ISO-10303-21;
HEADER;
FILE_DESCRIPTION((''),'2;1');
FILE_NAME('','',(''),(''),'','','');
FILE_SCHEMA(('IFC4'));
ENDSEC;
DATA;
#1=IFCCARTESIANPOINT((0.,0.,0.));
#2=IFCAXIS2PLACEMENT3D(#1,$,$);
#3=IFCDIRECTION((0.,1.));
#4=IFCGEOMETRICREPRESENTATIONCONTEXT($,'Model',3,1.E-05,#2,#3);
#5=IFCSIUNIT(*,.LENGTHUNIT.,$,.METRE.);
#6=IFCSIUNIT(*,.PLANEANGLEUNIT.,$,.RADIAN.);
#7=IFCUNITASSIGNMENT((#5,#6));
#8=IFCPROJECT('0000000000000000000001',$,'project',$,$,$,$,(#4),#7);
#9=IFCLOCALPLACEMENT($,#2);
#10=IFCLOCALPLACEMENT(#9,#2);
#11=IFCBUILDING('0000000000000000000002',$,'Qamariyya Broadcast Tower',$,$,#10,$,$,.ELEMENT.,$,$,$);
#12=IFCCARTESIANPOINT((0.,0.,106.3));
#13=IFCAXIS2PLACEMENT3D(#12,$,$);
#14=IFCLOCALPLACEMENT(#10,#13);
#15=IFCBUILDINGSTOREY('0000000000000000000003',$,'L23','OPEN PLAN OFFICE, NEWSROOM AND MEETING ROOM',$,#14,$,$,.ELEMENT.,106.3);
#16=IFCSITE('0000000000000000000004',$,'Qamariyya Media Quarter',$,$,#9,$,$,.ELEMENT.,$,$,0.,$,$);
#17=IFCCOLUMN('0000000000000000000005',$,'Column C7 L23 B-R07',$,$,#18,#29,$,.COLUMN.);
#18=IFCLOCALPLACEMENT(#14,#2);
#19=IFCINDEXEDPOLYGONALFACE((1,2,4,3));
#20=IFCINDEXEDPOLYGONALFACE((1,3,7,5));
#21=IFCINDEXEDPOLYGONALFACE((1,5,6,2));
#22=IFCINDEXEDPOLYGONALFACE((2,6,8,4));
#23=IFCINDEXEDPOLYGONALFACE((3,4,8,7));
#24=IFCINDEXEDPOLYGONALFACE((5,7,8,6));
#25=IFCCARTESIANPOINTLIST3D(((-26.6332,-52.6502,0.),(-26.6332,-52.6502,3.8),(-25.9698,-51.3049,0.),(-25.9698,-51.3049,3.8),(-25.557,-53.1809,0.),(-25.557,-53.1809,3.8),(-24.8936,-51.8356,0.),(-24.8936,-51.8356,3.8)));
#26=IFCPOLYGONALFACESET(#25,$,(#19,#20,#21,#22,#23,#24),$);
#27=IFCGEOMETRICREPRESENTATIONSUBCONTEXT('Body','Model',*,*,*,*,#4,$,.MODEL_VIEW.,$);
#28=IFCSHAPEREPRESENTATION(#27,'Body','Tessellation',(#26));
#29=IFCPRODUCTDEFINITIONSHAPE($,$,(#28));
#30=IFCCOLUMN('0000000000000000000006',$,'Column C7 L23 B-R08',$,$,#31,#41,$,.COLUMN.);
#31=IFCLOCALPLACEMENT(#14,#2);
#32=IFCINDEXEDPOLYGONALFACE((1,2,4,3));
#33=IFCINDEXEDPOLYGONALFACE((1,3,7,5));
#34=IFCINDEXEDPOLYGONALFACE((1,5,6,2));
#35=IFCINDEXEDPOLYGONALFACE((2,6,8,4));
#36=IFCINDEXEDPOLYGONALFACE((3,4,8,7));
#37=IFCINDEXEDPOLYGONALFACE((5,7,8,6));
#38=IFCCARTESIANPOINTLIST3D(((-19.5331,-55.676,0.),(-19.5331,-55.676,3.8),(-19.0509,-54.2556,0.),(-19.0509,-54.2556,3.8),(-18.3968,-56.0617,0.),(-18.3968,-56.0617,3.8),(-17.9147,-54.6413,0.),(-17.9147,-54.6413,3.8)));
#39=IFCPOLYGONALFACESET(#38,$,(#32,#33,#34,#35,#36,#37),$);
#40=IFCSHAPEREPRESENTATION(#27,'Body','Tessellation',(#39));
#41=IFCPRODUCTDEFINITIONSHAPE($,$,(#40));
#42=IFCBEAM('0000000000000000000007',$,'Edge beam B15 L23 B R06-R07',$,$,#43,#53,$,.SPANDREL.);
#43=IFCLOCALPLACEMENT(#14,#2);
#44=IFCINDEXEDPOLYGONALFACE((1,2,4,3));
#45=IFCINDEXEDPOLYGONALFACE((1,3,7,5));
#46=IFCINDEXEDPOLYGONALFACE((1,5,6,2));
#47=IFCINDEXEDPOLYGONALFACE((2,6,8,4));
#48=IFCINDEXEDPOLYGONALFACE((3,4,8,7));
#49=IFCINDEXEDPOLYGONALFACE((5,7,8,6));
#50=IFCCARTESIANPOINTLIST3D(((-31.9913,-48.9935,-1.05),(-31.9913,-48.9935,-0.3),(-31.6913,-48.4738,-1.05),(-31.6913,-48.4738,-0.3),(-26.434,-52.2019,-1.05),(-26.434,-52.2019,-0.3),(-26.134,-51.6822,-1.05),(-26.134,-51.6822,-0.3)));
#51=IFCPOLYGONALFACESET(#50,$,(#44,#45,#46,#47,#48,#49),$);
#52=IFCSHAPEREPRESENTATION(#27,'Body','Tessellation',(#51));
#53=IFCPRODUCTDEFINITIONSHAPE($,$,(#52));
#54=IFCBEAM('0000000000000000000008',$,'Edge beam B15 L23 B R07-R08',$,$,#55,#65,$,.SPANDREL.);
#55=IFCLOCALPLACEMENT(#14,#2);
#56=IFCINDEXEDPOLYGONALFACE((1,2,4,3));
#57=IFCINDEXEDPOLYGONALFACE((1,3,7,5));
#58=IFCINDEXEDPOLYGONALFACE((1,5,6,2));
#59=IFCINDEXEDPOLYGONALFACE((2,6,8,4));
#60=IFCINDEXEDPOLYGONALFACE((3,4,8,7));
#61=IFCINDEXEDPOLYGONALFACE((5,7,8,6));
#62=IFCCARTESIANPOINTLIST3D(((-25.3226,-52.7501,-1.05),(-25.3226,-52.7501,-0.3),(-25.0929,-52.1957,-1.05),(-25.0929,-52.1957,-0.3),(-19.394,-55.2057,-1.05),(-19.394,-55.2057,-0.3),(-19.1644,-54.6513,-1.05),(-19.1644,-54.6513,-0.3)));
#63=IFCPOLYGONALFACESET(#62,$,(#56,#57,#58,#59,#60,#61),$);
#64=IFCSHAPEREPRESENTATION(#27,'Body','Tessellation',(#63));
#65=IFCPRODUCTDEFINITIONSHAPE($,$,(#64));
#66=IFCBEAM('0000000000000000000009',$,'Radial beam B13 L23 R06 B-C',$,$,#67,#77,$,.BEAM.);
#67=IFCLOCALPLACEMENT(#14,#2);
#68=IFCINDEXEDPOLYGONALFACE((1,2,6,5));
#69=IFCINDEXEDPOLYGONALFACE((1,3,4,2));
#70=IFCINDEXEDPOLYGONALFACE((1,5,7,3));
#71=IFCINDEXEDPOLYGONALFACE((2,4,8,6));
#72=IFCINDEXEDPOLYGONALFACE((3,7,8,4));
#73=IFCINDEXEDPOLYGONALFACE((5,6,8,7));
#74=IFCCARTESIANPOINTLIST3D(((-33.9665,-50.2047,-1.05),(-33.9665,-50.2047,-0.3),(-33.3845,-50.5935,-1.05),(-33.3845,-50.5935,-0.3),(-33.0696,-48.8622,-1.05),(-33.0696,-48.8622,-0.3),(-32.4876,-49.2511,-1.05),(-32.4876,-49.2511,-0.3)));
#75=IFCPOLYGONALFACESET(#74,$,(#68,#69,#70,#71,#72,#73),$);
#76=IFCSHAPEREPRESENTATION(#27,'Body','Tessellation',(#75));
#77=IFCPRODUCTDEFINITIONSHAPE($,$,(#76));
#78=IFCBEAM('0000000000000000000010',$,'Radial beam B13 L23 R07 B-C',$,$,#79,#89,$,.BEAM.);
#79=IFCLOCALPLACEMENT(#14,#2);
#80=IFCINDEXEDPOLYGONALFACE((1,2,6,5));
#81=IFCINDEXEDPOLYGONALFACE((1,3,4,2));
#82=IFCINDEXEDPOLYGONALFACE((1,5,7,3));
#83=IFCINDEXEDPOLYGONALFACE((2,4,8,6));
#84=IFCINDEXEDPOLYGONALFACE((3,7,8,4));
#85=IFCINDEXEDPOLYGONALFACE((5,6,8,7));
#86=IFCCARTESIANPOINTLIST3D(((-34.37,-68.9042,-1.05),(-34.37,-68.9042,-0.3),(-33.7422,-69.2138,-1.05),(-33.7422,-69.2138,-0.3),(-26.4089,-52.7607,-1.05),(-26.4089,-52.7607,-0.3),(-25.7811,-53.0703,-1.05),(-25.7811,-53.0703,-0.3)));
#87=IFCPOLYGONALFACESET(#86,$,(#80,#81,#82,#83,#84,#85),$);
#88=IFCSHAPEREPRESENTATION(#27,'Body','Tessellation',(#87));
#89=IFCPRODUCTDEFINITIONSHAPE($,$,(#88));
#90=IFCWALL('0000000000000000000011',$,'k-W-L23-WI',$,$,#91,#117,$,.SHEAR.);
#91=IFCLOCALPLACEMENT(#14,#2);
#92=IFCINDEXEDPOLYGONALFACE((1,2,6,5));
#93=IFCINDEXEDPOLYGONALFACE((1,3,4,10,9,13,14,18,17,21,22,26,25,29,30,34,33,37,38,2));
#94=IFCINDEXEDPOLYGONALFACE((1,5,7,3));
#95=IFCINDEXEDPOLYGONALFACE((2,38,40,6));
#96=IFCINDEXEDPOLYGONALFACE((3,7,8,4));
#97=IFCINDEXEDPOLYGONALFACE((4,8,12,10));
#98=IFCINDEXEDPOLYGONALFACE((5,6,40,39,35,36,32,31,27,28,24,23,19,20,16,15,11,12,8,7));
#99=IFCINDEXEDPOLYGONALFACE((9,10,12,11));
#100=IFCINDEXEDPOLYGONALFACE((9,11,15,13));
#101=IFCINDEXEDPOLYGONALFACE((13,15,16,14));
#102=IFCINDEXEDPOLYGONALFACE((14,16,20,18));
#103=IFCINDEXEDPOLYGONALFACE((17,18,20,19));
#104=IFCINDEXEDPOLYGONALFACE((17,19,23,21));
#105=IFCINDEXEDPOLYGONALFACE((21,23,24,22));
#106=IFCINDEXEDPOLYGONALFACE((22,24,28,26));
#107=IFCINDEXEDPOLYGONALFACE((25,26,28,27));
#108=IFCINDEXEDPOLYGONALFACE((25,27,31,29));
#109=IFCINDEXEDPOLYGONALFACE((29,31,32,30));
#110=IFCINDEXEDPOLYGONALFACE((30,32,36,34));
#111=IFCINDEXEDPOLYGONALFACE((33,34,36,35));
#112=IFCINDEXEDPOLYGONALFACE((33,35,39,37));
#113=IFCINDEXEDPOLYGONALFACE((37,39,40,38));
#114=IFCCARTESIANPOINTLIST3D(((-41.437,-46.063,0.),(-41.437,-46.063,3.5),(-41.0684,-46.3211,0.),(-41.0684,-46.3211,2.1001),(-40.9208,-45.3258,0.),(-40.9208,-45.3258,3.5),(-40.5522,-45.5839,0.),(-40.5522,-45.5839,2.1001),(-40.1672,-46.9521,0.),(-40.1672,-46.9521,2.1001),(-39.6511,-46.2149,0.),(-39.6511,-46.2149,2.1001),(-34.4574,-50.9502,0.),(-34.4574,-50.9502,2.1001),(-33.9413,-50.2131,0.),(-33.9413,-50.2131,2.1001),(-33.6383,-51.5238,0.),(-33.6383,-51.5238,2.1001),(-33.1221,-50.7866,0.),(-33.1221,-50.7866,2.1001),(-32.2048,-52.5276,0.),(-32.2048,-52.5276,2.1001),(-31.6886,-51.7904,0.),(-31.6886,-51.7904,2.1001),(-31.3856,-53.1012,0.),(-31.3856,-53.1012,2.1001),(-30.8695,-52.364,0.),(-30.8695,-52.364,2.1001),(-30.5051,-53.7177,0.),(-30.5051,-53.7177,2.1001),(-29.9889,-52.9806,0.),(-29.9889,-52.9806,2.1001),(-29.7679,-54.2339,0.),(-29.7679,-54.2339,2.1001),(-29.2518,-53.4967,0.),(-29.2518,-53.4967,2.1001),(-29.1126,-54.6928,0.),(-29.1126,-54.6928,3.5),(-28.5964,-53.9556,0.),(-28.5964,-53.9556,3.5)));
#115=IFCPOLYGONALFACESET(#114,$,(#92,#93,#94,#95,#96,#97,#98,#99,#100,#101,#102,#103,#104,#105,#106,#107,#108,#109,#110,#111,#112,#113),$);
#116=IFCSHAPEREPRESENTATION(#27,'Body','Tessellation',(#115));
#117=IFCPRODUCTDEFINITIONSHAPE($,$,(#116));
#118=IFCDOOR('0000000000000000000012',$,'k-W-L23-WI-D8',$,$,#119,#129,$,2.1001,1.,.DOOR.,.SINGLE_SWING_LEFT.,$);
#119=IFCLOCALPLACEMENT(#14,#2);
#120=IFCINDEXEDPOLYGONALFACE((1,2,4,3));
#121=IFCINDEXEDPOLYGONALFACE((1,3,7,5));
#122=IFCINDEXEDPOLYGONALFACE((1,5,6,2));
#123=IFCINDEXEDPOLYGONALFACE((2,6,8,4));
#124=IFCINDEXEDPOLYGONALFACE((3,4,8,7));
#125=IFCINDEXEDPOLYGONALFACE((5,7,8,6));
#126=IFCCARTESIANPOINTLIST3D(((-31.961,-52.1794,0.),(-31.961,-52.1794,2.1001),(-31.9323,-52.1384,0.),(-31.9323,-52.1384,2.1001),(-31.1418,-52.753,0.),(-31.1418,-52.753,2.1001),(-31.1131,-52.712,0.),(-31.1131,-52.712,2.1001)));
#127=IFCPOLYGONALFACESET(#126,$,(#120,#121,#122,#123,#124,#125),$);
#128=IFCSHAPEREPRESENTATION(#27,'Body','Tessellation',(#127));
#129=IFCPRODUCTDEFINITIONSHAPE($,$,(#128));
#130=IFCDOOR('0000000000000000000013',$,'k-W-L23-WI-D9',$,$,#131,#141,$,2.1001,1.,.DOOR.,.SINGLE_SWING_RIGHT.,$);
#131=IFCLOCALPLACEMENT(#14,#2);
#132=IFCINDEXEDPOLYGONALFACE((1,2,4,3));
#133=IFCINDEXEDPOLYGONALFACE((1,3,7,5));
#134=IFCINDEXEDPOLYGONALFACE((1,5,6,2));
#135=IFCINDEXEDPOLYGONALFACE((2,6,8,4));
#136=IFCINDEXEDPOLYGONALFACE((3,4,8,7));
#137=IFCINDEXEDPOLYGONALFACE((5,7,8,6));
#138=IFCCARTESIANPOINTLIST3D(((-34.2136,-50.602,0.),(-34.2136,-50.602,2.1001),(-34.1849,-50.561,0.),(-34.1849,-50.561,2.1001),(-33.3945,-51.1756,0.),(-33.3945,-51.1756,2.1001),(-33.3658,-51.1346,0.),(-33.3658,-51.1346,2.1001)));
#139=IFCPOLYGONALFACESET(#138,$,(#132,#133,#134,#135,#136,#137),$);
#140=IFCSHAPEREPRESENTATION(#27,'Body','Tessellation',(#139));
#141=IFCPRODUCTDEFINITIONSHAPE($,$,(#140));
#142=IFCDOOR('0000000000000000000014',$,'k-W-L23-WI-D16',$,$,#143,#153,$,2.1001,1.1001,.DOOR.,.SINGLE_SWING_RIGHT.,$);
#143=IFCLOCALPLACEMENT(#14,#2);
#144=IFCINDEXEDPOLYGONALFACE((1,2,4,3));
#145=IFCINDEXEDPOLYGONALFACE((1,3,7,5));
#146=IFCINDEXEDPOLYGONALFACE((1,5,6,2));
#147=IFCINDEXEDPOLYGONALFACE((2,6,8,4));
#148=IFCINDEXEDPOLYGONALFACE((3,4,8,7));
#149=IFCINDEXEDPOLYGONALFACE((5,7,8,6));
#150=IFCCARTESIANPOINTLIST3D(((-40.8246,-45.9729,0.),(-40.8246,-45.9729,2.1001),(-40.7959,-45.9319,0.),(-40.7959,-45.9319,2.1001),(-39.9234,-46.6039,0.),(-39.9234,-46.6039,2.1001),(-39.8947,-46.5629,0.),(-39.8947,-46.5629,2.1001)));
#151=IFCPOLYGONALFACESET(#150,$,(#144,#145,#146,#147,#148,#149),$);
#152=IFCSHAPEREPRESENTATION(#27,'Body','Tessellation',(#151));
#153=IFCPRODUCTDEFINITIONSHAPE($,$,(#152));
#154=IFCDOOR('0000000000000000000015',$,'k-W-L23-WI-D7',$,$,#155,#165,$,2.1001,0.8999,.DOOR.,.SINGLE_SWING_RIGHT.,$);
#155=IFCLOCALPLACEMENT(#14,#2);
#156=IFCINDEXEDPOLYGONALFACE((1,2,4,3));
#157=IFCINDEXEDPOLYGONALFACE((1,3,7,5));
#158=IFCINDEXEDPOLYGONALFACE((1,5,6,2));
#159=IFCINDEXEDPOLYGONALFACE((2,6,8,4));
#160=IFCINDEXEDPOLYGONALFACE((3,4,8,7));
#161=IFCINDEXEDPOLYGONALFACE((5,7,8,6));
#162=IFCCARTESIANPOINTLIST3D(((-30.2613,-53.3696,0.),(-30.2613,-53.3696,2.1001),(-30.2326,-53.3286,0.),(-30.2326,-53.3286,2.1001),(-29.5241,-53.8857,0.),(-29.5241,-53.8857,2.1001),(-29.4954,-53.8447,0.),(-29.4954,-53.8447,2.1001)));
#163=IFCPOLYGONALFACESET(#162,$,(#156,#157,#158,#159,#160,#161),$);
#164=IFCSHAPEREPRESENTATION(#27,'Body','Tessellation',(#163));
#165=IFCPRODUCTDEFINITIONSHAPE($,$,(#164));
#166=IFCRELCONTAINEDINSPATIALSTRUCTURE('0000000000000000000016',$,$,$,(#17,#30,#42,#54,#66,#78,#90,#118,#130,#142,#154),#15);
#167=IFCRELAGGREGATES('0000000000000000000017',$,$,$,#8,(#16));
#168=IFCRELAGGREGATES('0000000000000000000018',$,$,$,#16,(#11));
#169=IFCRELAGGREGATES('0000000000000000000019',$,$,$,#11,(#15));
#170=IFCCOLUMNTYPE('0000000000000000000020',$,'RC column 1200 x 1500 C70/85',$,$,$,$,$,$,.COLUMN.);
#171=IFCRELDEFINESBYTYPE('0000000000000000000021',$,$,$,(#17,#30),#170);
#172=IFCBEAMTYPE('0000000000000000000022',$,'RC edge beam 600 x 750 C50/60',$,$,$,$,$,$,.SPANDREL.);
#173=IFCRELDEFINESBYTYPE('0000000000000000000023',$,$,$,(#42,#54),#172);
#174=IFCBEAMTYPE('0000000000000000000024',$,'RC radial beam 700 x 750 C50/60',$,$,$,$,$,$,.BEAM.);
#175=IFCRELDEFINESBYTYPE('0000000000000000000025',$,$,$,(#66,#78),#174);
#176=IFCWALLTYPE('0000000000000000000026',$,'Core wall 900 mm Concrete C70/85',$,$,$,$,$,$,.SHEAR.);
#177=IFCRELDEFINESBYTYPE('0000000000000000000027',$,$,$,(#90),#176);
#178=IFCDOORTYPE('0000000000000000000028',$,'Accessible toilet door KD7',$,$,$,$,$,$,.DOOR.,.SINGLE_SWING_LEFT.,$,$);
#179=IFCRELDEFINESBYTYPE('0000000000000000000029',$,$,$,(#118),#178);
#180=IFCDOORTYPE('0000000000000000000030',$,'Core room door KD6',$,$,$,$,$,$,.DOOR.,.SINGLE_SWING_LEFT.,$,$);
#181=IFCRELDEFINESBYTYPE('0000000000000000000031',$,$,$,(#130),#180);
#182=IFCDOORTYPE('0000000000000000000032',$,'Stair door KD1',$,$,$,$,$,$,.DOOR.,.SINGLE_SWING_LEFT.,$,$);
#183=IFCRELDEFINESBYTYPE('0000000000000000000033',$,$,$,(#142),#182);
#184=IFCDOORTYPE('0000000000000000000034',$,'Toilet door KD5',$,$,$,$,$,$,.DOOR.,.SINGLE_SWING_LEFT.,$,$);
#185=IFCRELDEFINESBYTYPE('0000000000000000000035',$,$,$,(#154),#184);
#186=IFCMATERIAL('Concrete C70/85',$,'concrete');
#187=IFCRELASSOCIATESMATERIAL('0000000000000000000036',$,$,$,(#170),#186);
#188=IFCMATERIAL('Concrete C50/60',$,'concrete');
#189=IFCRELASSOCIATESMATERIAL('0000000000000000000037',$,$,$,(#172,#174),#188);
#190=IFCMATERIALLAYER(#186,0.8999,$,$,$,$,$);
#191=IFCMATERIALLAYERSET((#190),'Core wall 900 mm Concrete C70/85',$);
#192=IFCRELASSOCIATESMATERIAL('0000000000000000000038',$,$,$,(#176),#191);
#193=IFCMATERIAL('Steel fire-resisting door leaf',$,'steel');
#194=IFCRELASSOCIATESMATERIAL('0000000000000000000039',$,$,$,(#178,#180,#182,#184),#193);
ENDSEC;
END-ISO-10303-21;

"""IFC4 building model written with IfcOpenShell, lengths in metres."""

from ifc_helpers import new_model, si_unit, direction, frame, frame_2d, origin, origin_2d, place, context, subcontext, project, spatial, rectangle, extrude, material, layer, layer_set, material_profile, profile_set, type_object, element, fill, save


model = new_model("IFC4")

# Units and contexts
model_context = context("Model", 3, precision=1e-05, world=origin(), true_north=direction((0.0, 1.0)))
body_context = subcontext(model_context, "Body", "Model", "MODEL_VIEW")
ifc_project = project(units=[si_unit("LENGTHUNIT", "METRE"), si_unit("PLANEANGLEUNIT", "RADIAN")], contexts=[model_context])

# Site, building, storey
site_placement = place(None, origin())
site = spatial("IfcSite", under=ifc_project, at=site_placement, Name="Qamariyya Media Quarter", CompositionType="ELEMENT", RefElevation=0.0)
building_placement = place(site_placement, origin())
building = spatial("IfcBuilding", under=site, at=building_placement, Name="Qamariyya Broadcast Tower", CompositionType="ELEMENT")
storey_placement = place(building_placement, frame((0.0, 0.0, 106.3)))
storey = spatial("IfcBuildingStorey", under=building, at=storey_placement, Name="L23", Description="OPEN PLAN OFFICE, NEWSROOM AND MEETING ROOM", CompositionType="ELEMENT", Elevation=106.3)

# Columns
ifc_material_1 = material(Name="Concrete C70/85", Category="concrete")
ifc_material_profile_1 = material_profile(ifc_material_1, rectangle(XDim=1.2, YDim=1.5, at=origin_2d()))
ifc_profile_set_1 = profile_set([ifc_material_profile_1], Name="Concrete C70/85")
column_type = type_object("IfcColumnType", Name="RC column 1200 x 1500 C70/85", PredefinedType="COLUMN", material=ifc_profile_set_1)
for number, where, z_axis, x_axis, name in (
    (1, (-25.7634, -52.2429, 0.0), (0.0, 0.0, 1.0), (0.896873, -0.442289, 0.0), "Column C7 L23 B-R07"),
    (2, (-18.7239, -55.1587, 0.0), (0.0, 0.0, 1.0), (0.94693, -0.321439, 0.0), "Column C7 L23 B-R08"),
):
    element("IfcColumn", number, at=place(storey_placement, frame(where, z_axis=z_axis, x_axis=x_axis)), inside=storey, type_object=column_type, Name=name, PredefinedType="COLUMN", context=body_context, shape_type="SweptSolid", body=[
        extrude(rectangle(XDim=1.2, YDim=1.5, at=origin_2d()), origin(), (0.0, 0.0, 1.0), 3.8),
    ])

# Beams
ifc_material_2 = material(Name="Concrete C50/60", Category="concrete")
ifc_material_profile_2 = material_profile(ifc_material_2, rectangle(XDim=0.6001, YDim=0.75, at=origin_2d()))
ifc_profile_set_2 = profile_set([ifc_material_profile_2], Name="Concrete C50/60")
beam_type_1 = type_object("IfcBeamType", Name="RC edge beam 600 x 750 C50/60", PredefinedType="SPANDREL", material=ifc_profile_set_2)
for number, where, z_axis, x_axis, name in (
    (3, (-31.8413, -48.7336, -0.675), (0.866029, -0.499994, 0.0), (0.499994, 0.866029, 0.0), "Edge beam B15 L23 B R06-R07"),
    (4, (-25.2078, -52.4729, -0.675), (0.923884, -0.382672, 0.0), (0.382672, 0.923884, 0.0), "Edge beam B15 L23 B R07-R08"),
):
    element("IfcBeam", number, at=place(storey_placement, frame(where, z_axis=z_axis, x_axis=x_axis)), inside=storey, type_object=beam_type_1, Name=name, PredefinedType="SPANDREL", context=body_context, shape_type="SweptSolid", body=[
        extrude(rectangle(XDim=0.6001, YDim=0.75, at=origin_2d()), origin(), (0.0, 0.0, 1.0), 6.417),
    ])
ifc_material_profile_3 = material_profile(ifc_material_2, rectangle(XDim=0.7, YDim=0.75, at=origin_2d()))
ifc_profile_set_3 = profile_set([ifc_material_profile_3], Name="Concrete C50/60")
beam_type_2 = type_object("IfcBeamType", Name="RC radial beam 700 x 750 C50/60", PredefinedType="BEAM", material=ifc_profile_set_3)
beam_1_placement = place(storey_placement, frame((-32.7786, -49.0566, -0.675), z_axis=(-0.555537, -0.831492, 0.0), x_axis=(0.831492, -0.555537, 0.0)))
element("IfcBeam", 5, at=beam_1_placement, inside=storey, type_object=beam_type_2, Name="Radial beam B13 L23 R06 B-C", PredefinedType="BEAM", context=body_context, shape_type="SweptSolid", body=[
    extrude(rectangle(XDim=0.7, YDim=0.75, at=origin_2d()), origin(), (0.0, 0.0, 1.0), 1.6145),
])
beam_2_placement = place(storey_placement, frame((-26.095, -52.9155, -0.675), z_axis=(-0.442291, -0.896871, 0.0), x_axis=(0.896871, -0.442291, 0.0)))
element("IfcBeam", 6, at=beam_2_placement, inside=storey, type_object=beam_type_2, Name="Radial beam B13 L23 R07 B-C", PredefinedType="BEAM", context=body_context, shape_type="SweptSolid", body=[
    extrude(rectangle(XDim=0.7, YDim=0.75, at=origin_2d()), origin(), (0.0, 0.0, 1.0), 17.9998),
])

# Wall, openings, doors
ifc_layer_1 = layer(ifc_material_1, 0.8999)
ifc_layer_set_1 = layer_set([ifc_layer_1], Name="Core wall 900 mm Concrete C70/85")
wall_type_1 = type_object("IfcWallType", Name="Core wall 900 mm Concrete C70/85", PredefinedType="SHEAR", material=ifc_layer_set_1)
wall_1_placement = place(storey_placement, frame((-28.8545, -54.3242, 0.0), z_axis=(0.0, 0.0, 1.0), x_axis=(-0.819146, 0.573585, 0.0)))
wall_1 = element("IfcWall", 7, at=wall_1_placement, inside=storey, type_object=wall_type_1, Name="k-W-L23-WI", PredefinedType="SHEAR", context=body_context, shape_type="SweptSolid", body=[
    extrude(rectangle(XDim=15.0454, YDim=0.8999, at=frame_2d((7.5227, 0.0))), origin(), (0.0, 0.0, 1.0), 3.5),
])
opening_1_placement = place(wall_1_placement, frame((0.8, 0.0, 0.0)))
opening_1 = element("IfcOpeningElement", 8, at=opening_1_placement, cuts=wall_1, PredefinedType="OPENING", context=body_context, shape_type="SweptSolid", body=[
    extrude(rectangle(XDim=0.8999, YDim=2.1001, at=frame_2d((0.45, 1.05))), frame((0.0, 0.46, 0.0), z_axis=(0.0, -1.0, 0.0), x_axis=(1.0, 0.0, 0.0)), (0.0, 0.0, 1.0), 0.9199),
])
opening_2_placement = place(wall_1_placement, frame((2.7749, 0.0, 0.0)))
opening_2 = element("IfcOpeningElement", 9, at=opening_2_placement, cuts=wall_1, PredefinedType="OPENING", context=body_context, shape_type="SweptSolid", body=[
    extrude(rectangle(XDim=1.0, YDim=2.1001, at=frame_2d((0.5, 1.05))), frame((0.0, 0.46, 0.0), z_axis=(0.0, -1.0, 0.0), x_axis=(1.0, 0.0, 0.0)), (0.0, 0.0, 1.0), 0.9199),
])
opening_3_placement = place(wall_1_placement, frame((5.5249, 0.0, 0.0)))
opening_3 = element("IfcOpeningElement", 10, at=opening_3_placement, cuts=wall_1, PredefinedType="OPENING", context=body_context, shape_type="SweptSolid", body=[
    extrude(rectangle(XDim=1.0, YDim=2.1001, at=frame_2d((0.5, 1.05))), frame((0.0, 0.46, 0.0), z_axis=(0.0, -1.0, 0.0), x_axis=(1.0, 0.0, 0.0)), (0.0, 0.0, 1.0), 0.9199),
])
opening_4_placement = place(wall_1_placement, frame((13.4954, 0.0, 0.0)))
opening_4 = element("IfcOpeningElement", 11, at=opening_4_placement, cuts=wall_1, PredefinedType="OPENING", context=body_context, shape_type="SweptSolid", body=[
    extrude(rectangle(XDim=1.1001, YDim=2.1001, at=frame_2d((0.55, 1.05))), frame((0.0, 0.46, 0.0), z_axis=(0.0, -1.0, 0.0), x_axis=(1.0, 0.0, 0.0)), (0.0, 0.0, 1.0), 0.9199),
])
ifc_material_3 = material(Name="Steel fire-resisting door leaf", Category="steel")
door_type_1 = type_object("IfcDoorType", Name="Accessible toilet door KD7", OperationType="SINGLE_SWING_LEFT", PredefinedType="DOOR", material=ifc_material_3)
door_1_placement = place(opening_2_placement, origin())
door_1 = element("IfcDoor", 12, at=door_1_placement, inside=storey, type_object=door_type_1, Name="k-W-L23-WI-D8", OperationType="SINGLE_SWING_LEFT", OverallHeight=2.1001, OverallWidth=1.0, PredefinedType="DOOR", context=body_context, shape_type="SweptSolid", body=[
    extrude(rectangle(XDim=1.0, YDim=2.1001, at=frame_2d((0.5, 1.05))), frame((0.0, 0.0249, 0.0), z_axis=(0.0, -1.0, 0.0), x_axis=(1.0, 0.0, 0.0)), (0.0, 0.0, 1.0), 0.05),
])
fill(opening_2, door_1)
door_type_2 = type_object("IfcDoorType", Name="Core room door KD6", OperationType="SINGLE_SWING_LEFT", PredefinedType="DOOR", material=ifc_material_3)
door_2_placement = place(opening_3_placement, origin())
door_2 = element("IfcDoor", 13, at=door_2_placement, inside=storey, type_object=door_type_2, Name="k-W-L23-WI-D9", OperationType="SINGLE_SWING_RIGHT", OverallHeight=2.1001, OverallWidth=1.0, PredefinedType="DOOR", context=body_context, shape_type="SweptSolid", body=[
    extrude(rectangle(XDim=1.0, YDim=2.1001, at=frame_2d((0.5, 1.05))), frame((0.0, 0.0249, 0.0), z_axis=(0.0, -1.0, 0.0), x_axis=(1.0, 0.0, 0.0)), (0.0, 0.0, 1.0), 0.05),
])
fill(opening_3, door_2)
door_type_3 = type_object("IfcDoorType", Name="Stair door KD1", OperationType="SINGLE_SWING_LEFT", PredefinedType="DOOR", material=ifc_material_3)
door_3_placement = place(opening_4_placement, origin())
door_3 = element("IfcDoor", 14, at=door_3_placement, inside=storey, type_object=door_type_3, Name="k-W-L23-WI-D16", OperationType="SINGLE_SWING_RIGHT", OverallHeight=2.1001, OverallWidth=1.1001, PredefinedType="DOOR", context=body_context, shape_type="SweptSolid", body=[
    extrude(rectangle(XDim=1.1001, YDim=2.1001, at=frame_2d((0.55, 1.05))), frame((0.0, 0.0249, 0.0), z_axis=(0.0, -1.0, 0.0), x_axis=(1.0, 0.0, 0.0)), (0.0, 0.0, 1.0), 0.05),
])
fill(opening_4, door_3)
door_type_4 = type_object("IfcDoorType", Name="Toilet door KD5", OperationType="SINGLE_SWING_LEFT", PredefinedType="DOOR", material=ifc_material_3)
door_4_placement = place(opening_1_placement, origin())
door_4 = element("IfcDoor", 15, at=door_4_placement, inside=storey, type_object=door_type_4, Name="k-W-L23-WI-D7", OperationType="SINGLE_SWING_RIGHT", OverallHeight=2.1001, OverallWidth=0.8999, PredefinedType="DOOR", context=body_context, shape_type="SweptSolid", body=[
    extrude(rectangle(XDim=0.8999, YDim=2.1001, at=frame_2d((0.45, 1.05))), frame((0.0, 0.0249, 0.0), z_axis=(0.0, -1.0, 0.0), x_axis=(1.0, 0.0, 0.0)), (0.0, 0.0, 1.0), 0.05),
])
fill(opening_1, door_4)

save(model, "model.ifc")
